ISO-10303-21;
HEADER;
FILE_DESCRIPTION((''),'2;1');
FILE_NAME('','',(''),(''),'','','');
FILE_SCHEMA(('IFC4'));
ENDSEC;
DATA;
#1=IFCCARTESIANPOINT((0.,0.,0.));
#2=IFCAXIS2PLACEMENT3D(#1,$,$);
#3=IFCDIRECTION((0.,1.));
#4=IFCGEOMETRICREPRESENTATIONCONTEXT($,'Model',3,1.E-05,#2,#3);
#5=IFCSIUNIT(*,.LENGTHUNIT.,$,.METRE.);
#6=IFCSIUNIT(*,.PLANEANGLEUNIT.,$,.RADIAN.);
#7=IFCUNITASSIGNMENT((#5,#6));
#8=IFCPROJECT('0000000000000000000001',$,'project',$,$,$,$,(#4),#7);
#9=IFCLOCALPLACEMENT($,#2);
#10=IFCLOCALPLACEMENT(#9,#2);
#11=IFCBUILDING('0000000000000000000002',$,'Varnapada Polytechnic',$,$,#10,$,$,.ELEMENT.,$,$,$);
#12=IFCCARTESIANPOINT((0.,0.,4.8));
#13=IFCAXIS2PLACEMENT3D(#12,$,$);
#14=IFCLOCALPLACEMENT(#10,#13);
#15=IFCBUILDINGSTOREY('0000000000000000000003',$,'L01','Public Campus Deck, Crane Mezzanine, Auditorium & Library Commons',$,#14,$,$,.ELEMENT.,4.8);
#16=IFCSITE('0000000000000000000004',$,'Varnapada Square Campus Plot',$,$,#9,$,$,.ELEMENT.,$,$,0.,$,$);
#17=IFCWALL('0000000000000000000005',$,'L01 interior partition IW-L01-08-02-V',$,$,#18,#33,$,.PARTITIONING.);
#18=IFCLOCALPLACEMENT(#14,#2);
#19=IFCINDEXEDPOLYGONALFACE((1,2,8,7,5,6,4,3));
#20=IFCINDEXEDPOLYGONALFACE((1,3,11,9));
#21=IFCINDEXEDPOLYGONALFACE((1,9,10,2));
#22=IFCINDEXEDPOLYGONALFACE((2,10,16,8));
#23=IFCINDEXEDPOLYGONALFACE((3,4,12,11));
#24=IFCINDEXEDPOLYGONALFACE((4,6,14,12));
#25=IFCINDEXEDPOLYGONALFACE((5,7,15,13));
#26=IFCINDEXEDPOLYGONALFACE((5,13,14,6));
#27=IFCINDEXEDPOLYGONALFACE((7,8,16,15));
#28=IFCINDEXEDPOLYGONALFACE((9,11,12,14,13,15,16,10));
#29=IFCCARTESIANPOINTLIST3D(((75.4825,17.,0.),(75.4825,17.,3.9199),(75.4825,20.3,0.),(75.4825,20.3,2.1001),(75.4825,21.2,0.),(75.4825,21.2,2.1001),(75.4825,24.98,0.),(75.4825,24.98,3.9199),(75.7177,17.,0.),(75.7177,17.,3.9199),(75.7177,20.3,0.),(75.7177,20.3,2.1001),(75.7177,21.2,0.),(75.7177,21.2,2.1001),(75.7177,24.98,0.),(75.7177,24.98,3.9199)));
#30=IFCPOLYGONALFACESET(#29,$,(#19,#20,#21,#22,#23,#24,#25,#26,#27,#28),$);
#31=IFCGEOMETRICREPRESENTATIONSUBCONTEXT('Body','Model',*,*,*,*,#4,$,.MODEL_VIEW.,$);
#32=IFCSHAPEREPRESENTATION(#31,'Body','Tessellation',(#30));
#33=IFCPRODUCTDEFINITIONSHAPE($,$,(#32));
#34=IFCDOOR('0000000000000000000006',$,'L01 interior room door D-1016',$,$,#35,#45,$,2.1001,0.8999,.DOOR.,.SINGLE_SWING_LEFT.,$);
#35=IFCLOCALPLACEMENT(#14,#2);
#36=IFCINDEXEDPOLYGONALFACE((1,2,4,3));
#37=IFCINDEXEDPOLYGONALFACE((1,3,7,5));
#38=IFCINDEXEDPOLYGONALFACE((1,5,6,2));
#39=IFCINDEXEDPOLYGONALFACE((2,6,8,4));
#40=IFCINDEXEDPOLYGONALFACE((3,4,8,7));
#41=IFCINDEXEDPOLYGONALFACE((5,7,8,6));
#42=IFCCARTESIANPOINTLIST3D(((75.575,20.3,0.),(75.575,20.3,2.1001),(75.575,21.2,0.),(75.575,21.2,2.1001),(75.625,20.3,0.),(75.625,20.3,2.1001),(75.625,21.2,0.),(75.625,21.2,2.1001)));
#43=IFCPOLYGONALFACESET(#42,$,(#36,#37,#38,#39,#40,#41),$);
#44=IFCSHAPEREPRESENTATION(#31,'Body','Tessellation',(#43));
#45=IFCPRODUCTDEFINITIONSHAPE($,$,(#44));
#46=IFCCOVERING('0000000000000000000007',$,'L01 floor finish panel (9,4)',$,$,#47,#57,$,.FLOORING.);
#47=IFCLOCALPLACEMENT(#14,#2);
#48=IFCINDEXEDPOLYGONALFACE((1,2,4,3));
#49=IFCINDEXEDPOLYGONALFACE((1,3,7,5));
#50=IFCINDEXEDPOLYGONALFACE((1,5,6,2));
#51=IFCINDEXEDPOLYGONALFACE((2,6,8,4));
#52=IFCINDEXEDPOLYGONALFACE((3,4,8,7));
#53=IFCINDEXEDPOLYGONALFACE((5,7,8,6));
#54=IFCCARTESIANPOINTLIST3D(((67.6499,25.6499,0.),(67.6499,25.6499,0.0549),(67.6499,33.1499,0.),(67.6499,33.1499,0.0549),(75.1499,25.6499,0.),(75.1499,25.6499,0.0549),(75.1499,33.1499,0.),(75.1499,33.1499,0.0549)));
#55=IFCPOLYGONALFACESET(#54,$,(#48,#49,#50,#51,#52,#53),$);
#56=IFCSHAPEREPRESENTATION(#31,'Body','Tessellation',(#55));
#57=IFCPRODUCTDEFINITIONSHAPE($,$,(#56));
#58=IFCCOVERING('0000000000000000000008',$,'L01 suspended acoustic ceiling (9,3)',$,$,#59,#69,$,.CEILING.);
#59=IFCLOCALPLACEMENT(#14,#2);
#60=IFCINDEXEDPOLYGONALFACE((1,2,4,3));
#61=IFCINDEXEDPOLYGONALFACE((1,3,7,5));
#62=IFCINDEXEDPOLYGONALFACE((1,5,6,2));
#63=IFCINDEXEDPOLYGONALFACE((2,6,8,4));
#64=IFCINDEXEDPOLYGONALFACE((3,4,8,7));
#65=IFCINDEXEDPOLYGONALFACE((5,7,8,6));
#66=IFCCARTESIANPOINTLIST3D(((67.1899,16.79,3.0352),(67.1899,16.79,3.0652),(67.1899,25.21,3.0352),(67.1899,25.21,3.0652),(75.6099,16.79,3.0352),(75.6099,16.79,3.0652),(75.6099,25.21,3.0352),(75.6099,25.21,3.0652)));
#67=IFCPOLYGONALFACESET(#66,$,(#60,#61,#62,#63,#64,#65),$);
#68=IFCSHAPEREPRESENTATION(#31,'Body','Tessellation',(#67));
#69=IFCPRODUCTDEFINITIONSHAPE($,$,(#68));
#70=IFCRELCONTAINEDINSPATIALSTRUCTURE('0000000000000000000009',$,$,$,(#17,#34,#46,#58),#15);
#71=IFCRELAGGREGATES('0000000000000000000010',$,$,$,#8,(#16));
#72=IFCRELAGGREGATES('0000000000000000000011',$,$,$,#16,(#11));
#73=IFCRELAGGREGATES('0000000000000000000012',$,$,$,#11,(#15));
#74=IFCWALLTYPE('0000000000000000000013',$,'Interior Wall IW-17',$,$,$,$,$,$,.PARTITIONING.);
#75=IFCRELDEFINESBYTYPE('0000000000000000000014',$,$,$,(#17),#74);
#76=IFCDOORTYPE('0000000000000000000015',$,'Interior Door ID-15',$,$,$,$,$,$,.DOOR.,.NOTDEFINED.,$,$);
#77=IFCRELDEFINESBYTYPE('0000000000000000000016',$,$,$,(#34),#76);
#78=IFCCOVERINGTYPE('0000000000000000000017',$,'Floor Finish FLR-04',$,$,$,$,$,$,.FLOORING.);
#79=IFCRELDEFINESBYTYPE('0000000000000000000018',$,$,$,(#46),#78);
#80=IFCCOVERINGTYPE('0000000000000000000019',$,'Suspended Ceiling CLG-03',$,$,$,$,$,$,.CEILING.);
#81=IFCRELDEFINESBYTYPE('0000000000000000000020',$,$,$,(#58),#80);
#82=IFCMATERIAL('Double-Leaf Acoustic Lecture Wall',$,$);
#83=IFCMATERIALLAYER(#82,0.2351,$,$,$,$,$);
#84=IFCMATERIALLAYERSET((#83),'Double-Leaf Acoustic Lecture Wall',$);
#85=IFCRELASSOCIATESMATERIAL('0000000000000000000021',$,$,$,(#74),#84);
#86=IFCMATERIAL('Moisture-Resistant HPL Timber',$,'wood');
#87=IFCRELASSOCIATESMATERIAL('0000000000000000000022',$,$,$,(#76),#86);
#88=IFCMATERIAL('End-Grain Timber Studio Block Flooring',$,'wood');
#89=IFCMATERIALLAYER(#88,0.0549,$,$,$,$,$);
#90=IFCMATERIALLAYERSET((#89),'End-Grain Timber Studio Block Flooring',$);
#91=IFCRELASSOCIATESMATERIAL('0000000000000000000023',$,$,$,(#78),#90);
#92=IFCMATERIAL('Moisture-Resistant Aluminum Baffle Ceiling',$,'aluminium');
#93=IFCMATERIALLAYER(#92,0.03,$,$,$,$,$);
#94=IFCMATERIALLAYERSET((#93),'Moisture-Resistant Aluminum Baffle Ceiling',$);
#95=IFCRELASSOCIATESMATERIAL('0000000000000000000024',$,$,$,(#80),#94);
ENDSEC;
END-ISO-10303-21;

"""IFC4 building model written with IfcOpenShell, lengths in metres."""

from ifc_helpers import new_model, si_unit, direction, frame, frame_2d, origin, origin_2d, place, context, subcontext, project, spatial, rectangle, extrude, material, layer, layer_set, type_object, element, fill, save


model = new_model("IFC4")

# Units and contexts
model_context = context("Model", 3, precision=1e-05, world=origin(), true_north=direction((0.0, 1.0)))
body_context = subcontext(model_context, "Body", "Model", "MODEL_VIEW")
ifc_project = project(units=[si_unit("LENGTHUNIT", "METRE"), si_unit("PLANEANGLEUNIT", "RADIAN")], contexts=[model_context])

# Site, building, storey
site_placement = place(None, origin())
site = spatial("IfcSite", under=ifc_project, at=site_placement, Name="Varnapada Square Campus Plot", CompositionType="ELEMENT", RefElevation=0.0)
building_placement = place(site_placement, origin())
building = spatial("IfcBuilding", under=site, at=building_placement, Name="Varnapada Polytechnic", CompositionType="ELEMENT")
storey_placement = place(building_placement, frame((0.0, 0.0, 4.8)))
storey = spatial("IfcBuildingStorey", under=building, at=storey_placement, Name="L01", Description="Public Campus Deck, Crane Mezzanine, Auditorium & Library Commons", CompositionType="ELEMENT", Elevation=4.8)

# Wall, opening, door
ifc_material_1 = material(Name="Double-Leaf Acoustic Lecture Wall")
ifc_layer_1 = layer(ifc_material_1, 0.2351)
ifc_layer_set_1 = layer_set([ifc_layer_1], Name="Double-Leaf Acoustic Lecture Wall")
wall_type_1 = type_object("IfcWallType", Name="Interior Wall IW-17", PredefinedType="PARTITIONING", material=ifc_layer_set_1)
wall_1_placement = place(storey_placement, frame((75.6001, 17.0, 0.0), z_axis=(0.0, 0.0, 1.0), x_axis=(0.0, 1.0, 0.0)))
wall_1 = element("IfcWall", 1, at=wall_1_placement, inside=storey, type_object=wall_type_1, Name="L01 interior partition IW-L01-08-02-V", PredefinedType="PARTITIONING", context=body_context, shape_type="SweptSolid", body=[
    extrude(rectangle(XDim=7.98, YDim=0.2351, at=frame_2d((3.99, 0.0))), origin(), (0.0, 0.0, 1.0), 3.9199),
])
opening_1_placement = place(wall_1_placement, frame((3.3, 0.0, 0.0)))
opening_1 = element("IfcOpeningElement", 2, at=opening_1_placement, cuts=wall_1, PredefinedType="OPENING", context=body_context, shape_type="SweptSolid", body=[
    extrude(rectangle(XDim=0.8999, YDim=2.1001, at=frame_2d((0.45, 1.05))), frame((0.0, 0.1274, 0.0), z_axis=(0.0, -1.0, 0.0), x_axis=(1.0, 0.0, 0.0)), (0.0, 0.0, 1.0), 0.2551),
])
ifc_material_2 = material(Name="Moisture-Resistant HPL Timber", Category="wood")
door_type_1 = type_object("IfcDoorType", Name="Interior Door ID-15", OperationType="NOTDEFINED", PredefinedType="DOOR", material=ifc_material_2)
door_1_placement = place(opening_1_placement, frame((0.8999, 0.0, 0.0), z_axis=(0.0, 0.0, 1.0), x_axis=(-1.0, 0.0, 0.0)))
door_1 = element("IfcDoor", 3, at=door_1_placement, inside=storey, type_object=door_type_1, Name="L01 interior room door D-1016", OperationType="SINGLE_SWING_LEFT", OverallHeight=2.1001, OverallWidth=0.8999, PredefinedType="DOOR", context=body_context, shape_type="SweptSolid", body=[
    extrude(rectangle(XDim=0.8999, YDim=2.1001, at=frame_2d((0.45, 1.05))), frame((0.0, 0.0249, 0.0), z_axis=(0.0, -1.0, 0.0), x_axis=(1.0, 0.0, 0.0)), (0.0, 0.0, 1.0), 0.05),
])
fill(opening_1, door_1)

# Coverings
ifc_material_3 = material(Name="End-Grain Timber Studio Block Flooring", Category="wood")
ifc_layer_2 = layer(ifc_material_3, 0.0549)
ifc_layer_set_2 = layer_set([ifc_layer_2], Name="End-Grain Timber Studio Block Flooring")
covering_type_1 = type_object("IfcCoveringType", Name="Floor Finish FLR-04", PredefinedType="FLOORING", material=ifc_layer_set_2)
covering_1_placement = place(storey_placement, frame((71.3999, 29.3999, 0.0), z_axis=(0.0, 0.0, 1.0), x_axis=(1.0, 0.0, 0.0)))
element("IfcCovering", 4, at=covering_1_placement, inside=storey, type_object=covering_type_1, Name="L01 floor finish panel (9,4)", PredefinedType="FLOORING", context=body_context, shape_type="SweptSolid", body=[
    extrude(rectangle(XDim=7.5, YDim=7.5, at=origin_2d()), origin(), (0.0, 0.0, 1.0), 0.0549),
])
ifc_material_4 = material(Name="Moisture-Resistant Aluminum Baffle Ceiling", Category="aluminium")
ifc_layer_3 = layer(ifc_material_4, 0.03)
ifc_layer_set_3 = layer_set([ifc_layer_3], Name="Moisture-Resistant Aluminum Baffle Ceiling")
covering_type_2 = type_object("IfcCoveringType", Name="Suspended Ceiling CLG-03", PredefinedType="CEILING", material=ifc_layer_set_3)
covering_2_placement = place(storey_placement, frame((71.3999, 21.0, 3.0352), z_axis=(0.0, 0.0, 1.0), x_axis=(1.0, 0.0, 0.0)))
element("IfcCovering", 5, at=covering_2_placement, inside=storey, type_object=covering_type_2, Name="L01 suspended acoustic ceiling (9,3)", PredefinedType="CEILING", context=body_context, shape_type="SweptSolid", body=[
    extrude(rectangle(XDim=8.4199, YDim=8.4199, at=origin_2d()), origin(), (0.0, 0.0, 1.0), 0.03),
])

save(model, "model.ifc")
